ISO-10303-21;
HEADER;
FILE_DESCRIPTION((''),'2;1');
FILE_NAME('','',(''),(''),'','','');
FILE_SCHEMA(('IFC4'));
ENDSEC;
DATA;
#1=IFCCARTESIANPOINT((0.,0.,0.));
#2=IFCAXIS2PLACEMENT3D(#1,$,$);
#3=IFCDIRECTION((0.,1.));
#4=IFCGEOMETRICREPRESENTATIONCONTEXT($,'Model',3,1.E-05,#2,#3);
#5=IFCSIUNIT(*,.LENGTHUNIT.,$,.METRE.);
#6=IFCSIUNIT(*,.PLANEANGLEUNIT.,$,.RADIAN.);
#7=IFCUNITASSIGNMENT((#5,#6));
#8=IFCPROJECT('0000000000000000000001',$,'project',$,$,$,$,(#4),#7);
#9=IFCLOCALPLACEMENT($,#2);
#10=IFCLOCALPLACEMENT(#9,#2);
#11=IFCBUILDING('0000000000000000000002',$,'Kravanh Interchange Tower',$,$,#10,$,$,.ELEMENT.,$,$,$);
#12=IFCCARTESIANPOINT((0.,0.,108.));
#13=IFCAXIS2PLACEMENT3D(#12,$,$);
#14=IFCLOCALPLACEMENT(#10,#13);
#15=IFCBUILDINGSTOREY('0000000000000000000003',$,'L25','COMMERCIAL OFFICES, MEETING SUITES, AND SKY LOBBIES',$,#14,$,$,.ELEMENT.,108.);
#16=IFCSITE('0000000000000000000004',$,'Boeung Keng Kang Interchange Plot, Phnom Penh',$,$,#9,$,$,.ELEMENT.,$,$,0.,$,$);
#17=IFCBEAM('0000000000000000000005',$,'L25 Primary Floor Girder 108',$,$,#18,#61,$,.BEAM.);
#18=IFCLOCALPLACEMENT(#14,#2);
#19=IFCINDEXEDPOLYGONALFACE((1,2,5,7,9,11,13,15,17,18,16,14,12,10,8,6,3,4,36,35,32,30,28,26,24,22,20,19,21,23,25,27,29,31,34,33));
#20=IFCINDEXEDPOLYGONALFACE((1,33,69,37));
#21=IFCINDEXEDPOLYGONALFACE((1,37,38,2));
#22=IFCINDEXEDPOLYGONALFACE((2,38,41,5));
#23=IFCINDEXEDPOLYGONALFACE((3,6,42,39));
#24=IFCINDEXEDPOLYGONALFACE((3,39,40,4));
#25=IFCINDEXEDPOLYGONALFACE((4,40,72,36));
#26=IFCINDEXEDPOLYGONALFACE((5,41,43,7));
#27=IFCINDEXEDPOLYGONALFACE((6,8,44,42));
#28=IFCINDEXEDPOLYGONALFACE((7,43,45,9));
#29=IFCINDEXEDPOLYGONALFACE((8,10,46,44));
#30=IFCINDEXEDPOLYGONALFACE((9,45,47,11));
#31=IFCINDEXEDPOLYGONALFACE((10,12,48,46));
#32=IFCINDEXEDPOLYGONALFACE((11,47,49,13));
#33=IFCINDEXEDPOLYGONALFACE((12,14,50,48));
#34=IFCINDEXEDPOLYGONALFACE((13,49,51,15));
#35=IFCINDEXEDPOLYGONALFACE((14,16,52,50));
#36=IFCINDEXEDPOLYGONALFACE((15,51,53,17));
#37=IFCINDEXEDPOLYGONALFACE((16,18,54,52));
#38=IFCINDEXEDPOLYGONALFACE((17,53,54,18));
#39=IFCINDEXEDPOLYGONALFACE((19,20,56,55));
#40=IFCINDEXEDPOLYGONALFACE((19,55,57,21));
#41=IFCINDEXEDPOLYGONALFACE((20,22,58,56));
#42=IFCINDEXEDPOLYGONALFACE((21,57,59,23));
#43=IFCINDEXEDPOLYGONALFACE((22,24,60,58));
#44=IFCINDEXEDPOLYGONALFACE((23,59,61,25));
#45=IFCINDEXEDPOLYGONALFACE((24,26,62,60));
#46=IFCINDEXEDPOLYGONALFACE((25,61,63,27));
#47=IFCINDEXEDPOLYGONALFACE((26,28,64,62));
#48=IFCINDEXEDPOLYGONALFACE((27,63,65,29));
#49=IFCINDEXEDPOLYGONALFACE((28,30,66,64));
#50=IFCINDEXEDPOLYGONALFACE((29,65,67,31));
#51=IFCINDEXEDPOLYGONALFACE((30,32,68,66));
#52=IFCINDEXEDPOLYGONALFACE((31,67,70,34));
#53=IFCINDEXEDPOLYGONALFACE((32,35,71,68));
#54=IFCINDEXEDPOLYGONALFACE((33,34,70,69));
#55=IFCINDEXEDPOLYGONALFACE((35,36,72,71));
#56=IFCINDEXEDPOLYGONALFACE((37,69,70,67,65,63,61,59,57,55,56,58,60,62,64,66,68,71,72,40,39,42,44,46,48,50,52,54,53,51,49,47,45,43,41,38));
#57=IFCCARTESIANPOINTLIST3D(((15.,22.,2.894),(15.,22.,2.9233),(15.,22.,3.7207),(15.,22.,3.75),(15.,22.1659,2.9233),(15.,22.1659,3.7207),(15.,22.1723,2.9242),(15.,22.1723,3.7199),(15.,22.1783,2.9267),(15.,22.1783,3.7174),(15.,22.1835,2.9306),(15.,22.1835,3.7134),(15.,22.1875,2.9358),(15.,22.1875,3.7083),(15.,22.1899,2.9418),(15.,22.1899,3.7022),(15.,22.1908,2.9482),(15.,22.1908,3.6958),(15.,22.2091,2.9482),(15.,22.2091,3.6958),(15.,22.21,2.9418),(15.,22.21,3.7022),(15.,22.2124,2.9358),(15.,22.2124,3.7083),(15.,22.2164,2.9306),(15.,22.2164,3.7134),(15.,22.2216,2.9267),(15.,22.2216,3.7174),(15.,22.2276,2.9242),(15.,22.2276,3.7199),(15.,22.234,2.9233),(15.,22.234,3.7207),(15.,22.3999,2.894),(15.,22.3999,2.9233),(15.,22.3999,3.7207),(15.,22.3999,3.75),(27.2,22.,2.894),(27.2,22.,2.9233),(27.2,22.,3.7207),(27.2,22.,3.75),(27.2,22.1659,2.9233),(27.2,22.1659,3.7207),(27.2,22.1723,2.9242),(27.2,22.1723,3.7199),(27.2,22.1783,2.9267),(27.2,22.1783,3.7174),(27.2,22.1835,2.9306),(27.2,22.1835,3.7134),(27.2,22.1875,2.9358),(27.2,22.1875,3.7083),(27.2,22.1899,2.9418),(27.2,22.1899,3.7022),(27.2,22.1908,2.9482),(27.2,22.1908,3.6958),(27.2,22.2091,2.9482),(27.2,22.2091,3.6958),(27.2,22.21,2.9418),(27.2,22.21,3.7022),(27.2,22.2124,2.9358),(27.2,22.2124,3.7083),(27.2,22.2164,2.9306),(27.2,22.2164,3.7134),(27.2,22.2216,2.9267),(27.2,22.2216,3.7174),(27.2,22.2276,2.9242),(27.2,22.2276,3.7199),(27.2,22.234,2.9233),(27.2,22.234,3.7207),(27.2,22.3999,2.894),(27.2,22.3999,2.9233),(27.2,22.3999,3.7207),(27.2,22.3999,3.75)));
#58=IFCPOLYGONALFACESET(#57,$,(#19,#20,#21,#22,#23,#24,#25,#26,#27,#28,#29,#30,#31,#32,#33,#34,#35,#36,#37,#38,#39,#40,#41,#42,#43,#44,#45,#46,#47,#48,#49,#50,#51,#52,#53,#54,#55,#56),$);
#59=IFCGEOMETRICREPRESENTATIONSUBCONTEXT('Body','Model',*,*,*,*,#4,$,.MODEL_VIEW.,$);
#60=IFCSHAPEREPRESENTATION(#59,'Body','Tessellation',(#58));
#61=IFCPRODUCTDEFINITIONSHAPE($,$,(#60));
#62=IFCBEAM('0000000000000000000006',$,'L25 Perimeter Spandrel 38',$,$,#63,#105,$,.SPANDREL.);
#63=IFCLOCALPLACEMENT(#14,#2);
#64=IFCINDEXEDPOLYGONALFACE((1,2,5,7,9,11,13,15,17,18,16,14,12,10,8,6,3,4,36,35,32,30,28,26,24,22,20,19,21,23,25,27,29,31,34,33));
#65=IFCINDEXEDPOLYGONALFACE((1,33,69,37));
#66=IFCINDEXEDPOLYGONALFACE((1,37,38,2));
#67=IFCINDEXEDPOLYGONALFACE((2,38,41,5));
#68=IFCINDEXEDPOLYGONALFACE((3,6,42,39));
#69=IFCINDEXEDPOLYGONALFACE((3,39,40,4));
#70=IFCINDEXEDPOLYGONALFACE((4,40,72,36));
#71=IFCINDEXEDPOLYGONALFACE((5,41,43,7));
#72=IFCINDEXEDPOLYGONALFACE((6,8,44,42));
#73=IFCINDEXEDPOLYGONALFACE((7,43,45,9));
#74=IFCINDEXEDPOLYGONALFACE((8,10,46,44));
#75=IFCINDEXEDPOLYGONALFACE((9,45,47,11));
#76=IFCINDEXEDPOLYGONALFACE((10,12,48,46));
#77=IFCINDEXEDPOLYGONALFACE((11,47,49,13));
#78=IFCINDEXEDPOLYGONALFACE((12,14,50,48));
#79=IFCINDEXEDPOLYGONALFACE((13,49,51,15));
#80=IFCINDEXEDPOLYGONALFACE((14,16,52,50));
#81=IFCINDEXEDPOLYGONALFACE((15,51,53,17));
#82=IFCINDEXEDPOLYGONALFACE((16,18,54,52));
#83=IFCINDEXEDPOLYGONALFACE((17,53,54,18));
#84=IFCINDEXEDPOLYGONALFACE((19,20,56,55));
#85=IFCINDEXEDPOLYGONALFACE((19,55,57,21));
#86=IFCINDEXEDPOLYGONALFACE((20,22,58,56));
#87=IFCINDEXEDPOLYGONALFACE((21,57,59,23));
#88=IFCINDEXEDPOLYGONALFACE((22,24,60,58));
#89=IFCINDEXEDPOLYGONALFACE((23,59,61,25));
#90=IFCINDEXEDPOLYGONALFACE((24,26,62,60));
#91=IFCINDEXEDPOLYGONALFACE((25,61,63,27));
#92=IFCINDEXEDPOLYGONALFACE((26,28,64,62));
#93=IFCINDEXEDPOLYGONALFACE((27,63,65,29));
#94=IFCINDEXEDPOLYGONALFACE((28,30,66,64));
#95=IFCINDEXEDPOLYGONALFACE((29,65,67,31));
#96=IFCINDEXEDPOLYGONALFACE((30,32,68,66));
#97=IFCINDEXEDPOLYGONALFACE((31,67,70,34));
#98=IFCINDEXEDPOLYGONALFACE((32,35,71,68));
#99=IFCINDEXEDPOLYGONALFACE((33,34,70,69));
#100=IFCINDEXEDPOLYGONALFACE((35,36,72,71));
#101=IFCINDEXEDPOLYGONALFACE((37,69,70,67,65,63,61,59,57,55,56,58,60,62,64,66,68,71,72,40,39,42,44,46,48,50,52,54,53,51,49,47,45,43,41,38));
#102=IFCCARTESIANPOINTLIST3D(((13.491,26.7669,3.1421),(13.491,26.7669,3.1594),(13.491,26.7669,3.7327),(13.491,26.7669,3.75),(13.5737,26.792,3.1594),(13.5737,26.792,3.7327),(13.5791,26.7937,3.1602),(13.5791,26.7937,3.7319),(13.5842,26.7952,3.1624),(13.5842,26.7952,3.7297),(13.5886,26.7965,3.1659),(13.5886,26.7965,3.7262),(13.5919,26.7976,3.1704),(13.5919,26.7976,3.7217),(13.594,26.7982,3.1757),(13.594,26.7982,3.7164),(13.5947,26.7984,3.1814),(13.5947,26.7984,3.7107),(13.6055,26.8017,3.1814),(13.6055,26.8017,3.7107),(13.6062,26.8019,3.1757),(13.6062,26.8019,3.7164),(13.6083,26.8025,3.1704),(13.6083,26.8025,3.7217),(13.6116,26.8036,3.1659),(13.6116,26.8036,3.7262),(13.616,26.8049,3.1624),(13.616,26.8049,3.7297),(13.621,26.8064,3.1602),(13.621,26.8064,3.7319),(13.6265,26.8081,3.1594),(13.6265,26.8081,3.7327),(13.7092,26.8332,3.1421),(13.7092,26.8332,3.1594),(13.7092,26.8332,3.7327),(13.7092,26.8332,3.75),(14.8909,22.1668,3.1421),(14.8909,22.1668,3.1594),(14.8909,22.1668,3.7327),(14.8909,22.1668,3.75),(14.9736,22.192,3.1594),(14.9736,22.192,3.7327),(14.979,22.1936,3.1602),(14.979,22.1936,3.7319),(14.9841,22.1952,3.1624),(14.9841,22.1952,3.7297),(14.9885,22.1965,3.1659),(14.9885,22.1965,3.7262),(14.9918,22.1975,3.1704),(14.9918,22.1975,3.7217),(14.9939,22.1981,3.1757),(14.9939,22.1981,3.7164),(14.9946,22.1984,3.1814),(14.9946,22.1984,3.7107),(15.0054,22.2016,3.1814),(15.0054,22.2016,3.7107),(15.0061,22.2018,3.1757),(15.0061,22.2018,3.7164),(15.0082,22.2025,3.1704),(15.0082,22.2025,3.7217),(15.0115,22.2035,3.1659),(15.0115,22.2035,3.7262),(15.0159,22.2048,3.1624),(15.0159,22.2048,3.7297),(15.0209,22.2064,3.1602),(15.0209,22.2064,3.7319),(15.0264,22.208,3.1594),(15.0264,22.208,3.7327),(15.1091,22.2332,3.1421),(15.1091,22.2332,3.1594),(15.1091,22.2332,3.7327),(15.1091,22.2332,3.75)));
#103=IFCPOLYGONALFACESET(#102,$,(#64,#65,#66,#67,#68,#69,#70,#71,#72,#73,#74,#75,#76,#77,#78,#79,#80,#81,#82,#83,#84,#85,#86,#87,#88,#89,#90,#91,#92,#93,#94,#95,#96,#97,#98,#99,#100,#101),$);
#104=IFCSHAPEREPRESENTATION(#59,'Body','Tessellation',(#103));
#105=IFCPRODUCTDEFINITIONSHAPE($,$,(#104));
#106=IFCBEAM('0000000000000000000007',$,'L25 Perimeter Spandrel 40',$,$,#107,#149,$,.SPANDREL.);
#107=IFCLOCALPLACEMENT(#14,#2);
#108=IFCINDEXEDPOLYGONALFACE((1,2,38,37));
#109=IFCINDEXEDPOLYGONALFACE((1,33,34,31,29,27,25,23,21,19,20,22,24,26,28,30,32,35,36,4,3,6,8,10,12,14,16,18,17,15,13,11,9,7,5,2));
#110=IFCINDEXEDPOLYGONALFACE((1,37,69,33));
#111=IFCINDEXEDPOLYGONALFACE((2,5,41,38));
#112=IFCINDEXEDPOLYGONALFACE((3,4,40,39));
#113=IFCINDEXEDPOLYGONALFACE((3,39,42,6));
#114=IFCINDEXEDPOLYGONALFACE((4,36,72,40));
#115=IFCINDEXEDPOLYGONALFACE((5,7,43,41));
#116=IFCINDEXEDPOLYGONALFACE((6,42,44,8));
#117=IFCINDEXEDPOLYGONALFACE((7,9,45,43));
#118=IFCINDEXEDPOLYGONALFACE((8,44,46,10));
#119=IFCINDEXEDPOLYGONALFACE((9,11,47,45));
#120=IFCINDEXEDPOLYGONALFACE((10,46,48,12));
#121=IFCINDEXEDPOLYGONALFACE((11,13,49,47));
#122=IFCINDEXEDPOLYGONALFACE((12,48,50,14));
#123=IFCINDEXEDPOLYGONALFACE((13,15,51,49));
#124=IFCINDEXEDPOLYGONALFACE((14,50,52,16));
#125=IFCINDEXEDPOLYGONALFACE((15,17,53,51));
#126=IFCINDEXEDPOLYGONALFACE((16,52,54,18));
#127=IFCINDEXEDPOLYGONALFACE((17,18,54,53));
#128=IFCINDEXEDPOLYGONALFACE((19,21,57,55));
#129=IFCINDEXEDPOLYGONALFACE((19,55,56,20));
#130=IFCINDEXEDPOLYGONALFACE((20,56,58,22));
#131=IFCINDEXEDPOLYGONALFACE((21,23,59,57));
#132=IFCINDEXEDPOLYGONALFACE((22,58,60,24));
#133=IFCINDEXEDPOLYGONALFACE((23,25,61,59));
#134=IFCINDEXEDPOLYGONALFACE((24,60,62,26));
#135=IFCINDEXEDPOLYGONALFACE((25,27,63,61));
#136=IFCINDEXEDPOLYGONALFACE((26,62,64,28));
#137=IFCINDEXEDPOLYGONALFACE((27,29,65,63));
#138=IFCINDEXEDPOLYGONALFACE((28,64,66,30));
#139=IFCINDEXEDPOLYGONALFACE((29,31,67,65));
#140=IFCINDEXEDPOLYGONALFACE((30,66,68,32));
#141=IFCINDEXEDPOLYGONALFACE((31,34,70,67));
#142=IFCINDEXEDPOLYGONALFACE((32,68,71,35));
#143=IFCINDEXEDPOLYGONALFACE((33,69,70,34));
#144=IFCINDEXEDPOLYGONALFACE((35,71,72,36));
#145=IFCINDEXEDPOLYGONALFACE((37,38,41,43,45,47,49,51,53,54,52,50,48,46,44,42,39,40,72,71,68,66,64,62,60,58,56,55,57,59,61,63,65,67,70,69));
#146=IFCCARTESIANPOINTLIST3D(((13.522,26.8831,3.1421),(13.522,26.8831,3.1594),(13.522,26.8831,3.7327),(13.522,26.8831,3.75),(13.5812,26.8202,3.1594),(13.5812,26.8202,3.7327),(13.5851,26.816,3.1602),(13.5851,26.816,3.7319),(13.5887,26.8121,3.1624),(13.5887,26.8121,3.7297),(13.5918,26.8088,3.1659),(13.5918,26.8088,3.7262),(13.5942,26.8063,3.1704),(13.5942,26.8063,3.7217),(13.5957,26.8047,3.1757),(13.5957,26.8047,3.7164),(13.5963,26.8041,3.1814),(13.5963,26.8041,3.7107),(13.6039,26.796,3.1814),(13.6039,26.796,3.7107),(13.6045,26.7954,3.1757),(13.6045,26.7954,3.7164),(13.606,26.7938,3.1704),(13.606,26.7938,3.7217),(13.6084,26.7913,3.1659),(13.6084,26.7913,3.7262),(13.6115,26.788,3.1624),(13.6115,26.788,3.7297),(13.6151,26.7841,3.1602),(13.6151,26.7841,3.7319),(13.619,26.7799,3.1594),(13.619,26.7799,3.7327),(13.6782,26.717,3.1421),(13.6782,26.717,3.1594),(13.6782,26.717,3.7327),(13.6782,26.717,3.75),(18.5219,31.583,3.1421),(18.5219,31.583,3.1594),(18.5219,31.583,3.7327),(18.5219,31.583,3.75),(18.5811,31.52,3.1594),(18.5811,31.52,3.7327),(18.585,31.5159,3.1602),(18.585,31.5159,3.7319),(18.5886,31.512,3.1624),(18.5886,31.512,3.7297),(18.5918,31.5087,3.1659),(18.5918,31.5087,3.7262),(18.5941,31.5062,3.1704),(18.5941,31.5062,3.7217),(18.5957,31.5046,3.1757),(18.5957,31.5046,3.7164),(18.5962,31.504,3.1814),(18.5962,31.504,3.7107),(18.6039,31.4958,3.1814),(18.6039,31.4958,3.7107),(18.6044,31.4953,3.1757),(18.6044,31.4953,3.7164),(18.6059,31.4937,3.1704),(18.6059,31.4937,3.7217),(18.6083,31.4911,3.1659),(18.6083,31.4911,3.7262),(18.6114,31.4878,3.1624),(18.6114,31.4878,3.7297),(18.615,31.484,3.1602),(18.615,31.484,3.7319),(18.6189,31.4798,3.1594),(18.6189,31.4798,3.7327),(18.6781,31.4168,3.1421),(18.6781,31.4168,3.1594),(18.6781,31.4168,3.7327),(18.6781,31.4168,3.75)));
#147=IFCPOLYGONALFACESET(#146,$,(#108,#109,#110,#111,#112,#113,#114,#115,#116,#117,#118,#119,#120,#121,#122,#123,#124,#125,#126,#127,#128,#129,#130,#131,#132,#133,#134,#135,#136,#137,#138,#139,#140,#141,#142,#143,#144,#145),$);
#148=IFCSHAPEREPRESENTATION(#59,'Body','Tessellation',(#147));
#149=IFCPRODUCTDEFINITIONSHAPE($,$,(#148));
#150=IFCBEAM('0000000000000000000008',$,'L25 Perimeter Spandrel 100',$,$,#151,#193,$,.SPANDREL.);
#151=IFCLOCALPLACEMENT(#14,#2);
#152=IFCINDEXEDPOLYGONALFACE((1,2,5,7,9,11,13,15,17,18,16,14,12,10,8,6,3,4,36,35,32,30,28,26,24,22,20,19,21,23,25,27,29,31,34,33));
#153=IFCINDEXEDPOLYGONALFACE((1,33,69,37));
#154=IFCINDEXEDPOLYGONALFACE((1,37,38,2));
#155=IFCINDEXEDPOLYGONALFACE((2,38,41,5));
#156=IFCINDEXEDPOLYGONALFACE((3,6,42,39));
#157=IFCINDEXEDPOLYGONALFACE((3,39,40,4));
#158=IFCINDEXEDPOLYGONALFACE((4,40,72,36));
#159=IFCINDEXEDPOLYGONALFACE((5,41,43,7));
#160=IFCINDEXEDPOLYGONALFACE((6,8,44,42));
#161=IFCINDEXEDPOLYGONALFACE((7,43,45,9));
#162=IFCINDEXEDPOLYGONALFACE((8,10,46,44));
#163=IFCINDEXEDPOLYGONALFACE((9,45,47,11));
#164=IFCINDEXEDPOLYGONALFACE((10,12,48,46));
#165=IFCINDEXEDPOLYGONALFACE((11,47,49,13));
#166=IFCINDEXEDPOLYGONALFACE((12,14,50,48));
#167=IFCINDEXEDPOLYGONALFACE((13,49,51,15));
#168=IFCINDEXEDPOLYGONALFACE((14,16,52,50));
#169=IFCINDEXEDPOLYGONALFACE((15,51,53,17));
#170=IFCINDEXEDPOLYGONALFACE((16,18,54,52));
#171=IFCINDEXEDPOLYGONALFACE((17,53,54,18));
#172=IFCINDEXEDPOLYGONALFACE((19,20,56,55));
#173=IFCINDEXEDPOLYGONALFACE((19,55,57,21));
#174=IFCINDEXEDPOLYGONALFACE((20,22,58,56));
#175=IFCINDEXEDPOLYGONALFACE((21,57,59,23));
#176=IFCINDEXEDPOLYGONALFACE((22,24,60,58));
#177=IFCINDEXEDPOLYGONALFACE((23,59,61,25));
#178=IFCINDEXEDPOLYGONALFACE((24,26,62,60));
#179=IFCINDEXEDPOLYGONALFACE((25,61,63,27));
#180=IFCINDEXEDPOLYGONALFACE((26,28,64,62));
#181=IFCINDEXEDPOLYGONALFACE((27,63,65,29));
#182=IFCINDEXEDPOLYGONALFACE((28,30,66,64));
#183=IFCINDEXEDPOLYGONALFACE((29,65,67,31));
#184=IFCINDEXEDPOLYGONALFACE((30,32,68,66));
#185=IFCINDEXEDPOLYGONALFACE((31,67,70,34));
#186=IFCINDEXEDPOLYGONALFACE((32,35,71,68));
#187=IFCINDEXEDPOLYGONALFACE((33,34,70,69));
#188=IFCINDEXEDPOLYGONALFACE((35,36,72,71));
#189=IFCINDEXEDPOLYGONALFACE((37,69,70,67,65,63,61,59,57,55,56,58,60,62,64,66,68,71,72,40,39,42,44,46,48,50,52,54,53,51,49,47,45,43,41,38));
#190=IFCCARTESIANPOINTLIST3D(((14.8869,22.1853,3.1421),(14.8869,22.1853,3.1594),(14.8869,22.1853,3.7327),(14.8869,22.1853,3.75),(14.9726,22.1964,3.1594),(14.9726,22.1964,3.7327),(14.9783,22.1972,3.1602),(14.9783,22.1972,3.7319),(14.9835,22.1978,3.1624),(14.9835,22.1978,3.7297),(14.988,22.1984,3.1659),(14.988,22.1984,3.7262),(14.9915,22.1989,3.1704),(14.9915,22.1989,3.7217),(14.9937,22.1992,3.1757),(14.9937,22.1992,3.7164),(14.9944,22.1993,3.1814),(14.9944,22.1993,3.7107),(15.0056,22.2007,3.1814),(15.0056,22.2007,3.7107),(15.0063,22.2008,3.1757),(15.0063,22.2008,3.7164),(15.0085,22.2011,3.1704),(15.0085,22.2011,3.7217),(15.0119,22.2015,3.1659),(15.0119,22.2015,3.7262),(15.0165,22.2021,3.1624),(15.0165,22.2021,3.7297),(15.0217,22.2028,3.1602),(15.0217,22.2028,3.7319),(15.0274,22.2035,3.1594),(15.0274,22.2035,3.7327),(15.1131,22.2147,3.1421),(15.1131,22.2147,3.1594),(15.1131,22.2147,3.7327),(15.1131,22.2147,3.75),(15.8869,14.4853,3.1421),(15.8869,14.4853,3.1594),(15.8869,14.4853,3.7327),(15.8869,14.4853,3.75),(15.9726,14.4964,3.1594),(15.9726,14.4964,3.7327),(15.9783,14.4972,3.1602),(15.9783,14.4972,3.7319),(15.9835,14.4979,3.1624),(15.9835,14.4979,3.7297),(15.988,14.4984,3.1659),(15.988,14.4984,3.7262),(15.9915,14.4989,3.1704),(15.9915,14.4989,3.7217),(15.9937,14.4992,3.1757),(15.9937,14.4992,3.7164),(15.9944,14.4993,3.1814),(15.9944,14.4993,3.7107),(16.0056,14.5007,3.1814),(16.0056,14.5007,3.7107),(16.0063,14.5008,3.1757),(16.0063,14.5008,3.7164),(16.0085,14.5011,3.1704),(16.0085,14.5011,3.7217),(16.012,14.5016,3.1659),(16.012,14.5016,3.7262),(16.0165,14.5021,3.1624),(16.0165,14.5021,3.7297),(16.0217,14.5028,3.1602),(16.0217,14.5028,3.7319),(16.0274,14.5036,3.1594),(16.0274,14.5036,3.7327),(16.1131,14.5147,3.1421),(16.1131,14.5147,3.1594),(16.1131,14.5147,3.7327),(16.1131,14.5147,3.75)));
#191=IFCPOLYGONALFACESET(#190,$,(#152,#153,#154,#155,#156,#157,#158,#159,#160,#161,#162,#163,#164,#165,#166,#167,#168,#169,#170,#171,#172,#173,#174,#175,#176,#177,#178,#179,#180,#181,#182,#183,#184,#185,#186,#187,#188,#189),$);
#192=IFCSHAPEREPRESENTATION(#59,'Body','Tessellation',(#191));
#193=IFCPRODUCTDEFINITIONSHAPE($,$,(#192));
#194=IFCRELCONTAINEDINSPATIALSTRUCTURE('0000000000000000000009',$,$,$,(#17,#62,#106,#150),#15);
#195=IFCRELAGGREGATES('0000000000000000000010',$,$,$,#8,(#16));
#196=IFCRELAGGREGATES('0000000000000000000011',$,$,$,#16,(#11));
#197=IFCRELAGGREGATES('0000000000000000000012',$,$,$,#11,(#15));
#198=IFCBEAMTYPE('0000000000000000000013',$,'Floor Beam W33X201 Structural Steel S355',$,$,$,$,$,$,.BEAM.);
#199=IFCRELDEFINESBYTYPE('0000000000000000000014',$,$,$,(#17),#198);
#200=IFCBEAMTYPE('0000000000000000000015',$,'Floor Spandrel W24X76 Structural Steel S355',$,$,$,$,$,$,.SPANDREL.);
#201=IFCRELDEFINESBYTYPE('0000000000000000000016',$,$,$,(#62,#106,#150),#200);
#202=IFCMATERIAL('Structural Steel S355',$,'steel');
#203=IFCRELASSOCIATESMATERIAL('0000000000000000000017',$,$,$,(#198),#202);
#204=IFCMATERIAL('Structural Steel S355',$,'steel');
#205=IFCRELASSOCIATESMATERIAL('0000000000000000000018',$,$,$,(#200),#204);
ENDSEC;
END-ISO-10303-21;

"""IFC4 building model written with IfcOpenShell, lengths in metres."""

from ifc_helpers import new_model, si_unit, direction, frame, origin, origin_2d, place, context, subcontext, project, spatial, i_section, extrude, material, material_profile, profile_set, type_object, element, save


model = new_model("IFC4")

# Units and contexts
model_context = context("Model", 3, precision=1e-05, world=origin(), true_north=direction((0.0, 1.0)))
body_context = subcontext(model_context, "Body", "Model", "MODEL_VIEW")
ifc_project = project(units=[si_unit("LENGTHUNIT", "METRE"), si_unit("PLANEANGLEUNIT", "RADIAN")], contexts=[model_context])

# Site, building, storey
site_placement = place(None, origin())
site = spatial("IfcSite", under=ifc_project, at=site_placement, Name="Boeung Keng Kang Interchange Plot, Phnom Penh", CompositionType="ELEMENT", RefElevation=0.0)
building_placement = place(site_placement, origin())
building = spatial("IfcBuilding", under=site, at=building_placement, Name="Kravanh Interchange Tower", CompositionType="ELEMENT")
storey_placement = place(building_placement, frame((0.0, 0.0, 108.0)))
storey = spatial("IfcBuildingStorey", under=building, at=storey_placement, Name="L25", Description="COMMERCIAL OFFICES, MEETING SUITES, AND SKY LOBBIES", CompositionType="ELEMENT", Elevation=108.0)

# Beams
ifc_material_1 = material(Name="Structural Steel S355", Category="steel")
ifc_material_profile_1 = material_profile(ifc_material_1, i_section(OverallWidth=0.3999, OverallDepth=0.856, WebThickness=0.0183, FlangeThickness=0.0293, FilletRadius=0.0249, at=origin_2d()), Name="W33X201")
ifc_profile_set_1 = profile_set([ifc_material_profile_1], Name="Structural Steel S355")
beam_type_1 = type_object("IfcBeamType", Name="Floor Beam W33X201 Structural Steel S355", PredefinedType="BEAM", material=ifc_profile_set_1)
beam_1_placement = place(storey_placement, frame((15.0, 22.2, 3.322), z_axis=(1.0, 0.0, 0.0), x_axis=(0.0, 1.0, 0.0)))
element("IfcBeam", 1, at=beam_1_placement, inside=storey, type_object=beam_type_1, Name="L25 Primary Floor Girder 108", PredefinedType="BEAM", context=body_context, shape_type="SweptSolid", body=[
    extrude(i_section(OverallWidth=0.3999, OverallDepth=0.856, WebThickness=0.0183, FlangeThickness=0.0293, FilletRadius=0.0249, at=origin_2d()), origin(), (0.0, 0.0, 1.0), 12.2),
])
ifc_material_2 = material(Name="Structural Steel S355", Category="steel")
ifc_material_profile_2 = material_profile(ifc_material_2, i_section(OverallWidth=0.228, OverallDepth=0.6079, WebThickness=0.0112, FlangeThickness=0.0173, FilletRadius=0.022, at=origin_2d()), Name="W24X76")
ifc_profile_set_2 = profile_set([ifc_material_profile_2], Name="Structural Steel S355")
beam_type_2 = type_object("IfcBeamType", Name="Floor Spandrel W24X76 Structural Steel S355", PredefinedType="SPANDREL", material=ifc_profile_set_2)
beam_2_placement = place(storey_placement, frame((13.6001, 26.8, 3.446), z_axis=(0.291137, -0.956681, 0.0), x_axis=(0.956681, 0.291137, 0.0)))
element("IfcBeam", 2, at=beam_2_placement, inside=storey, type_object=beam_type_2, Name="L25 Perimeter Spandrel 38", PredefinedType="SPANDREL", context=body_context, shape_type="SweptSolid", body=[
    extrude(i_section(OverallWidth=0.228, OverallDepth=0.6079, WebThickness=0.0112, FlangeThickness=0.0173, FilletRadius=0.022, at=origin_2d()), origin(), (0.0, 0.0, 1.0), 4.8083),
])
beam_3_placement = place(storey_placement, frame((13.6001, 26.8, 3.446), z_axis=(0.728631, 0.684906, 0.0), x_axis=(-0.684906, 0.728631, 0.0)))
element("IfcBeam", 3, at=beam_3_placement, inside=storey, type_object=beam_type_2, Name="L25 Perimeter Spandrel 40", PredefinedType="SPANDREL", context=body_context, shape_type="SweptSolid", body=[
    extrude(i_section(OverallWidth=0.228, OverallDepth=0.6079, WebThickness=0.0112, FlangeThickness=0.0173, FilletRadius=0.022, at=origin_2d()), origin(), (0.0, 0.0, 1.0), 6.8621),
])
beam_4_placement = place(storey_placement, frame((16.0, 14.5, 3.446), z_axis=(-0.128789, 0.991672, 0.0), x_axis=(-0.991672, -0.128789, 0.0)))
element("IfcBeam", 4, at=beam_4_placement, inside=storey, type_object=beam_type_2, Name="L25 Perimeter Spandrel 100", PredefinedType="SPANDREL", context=body_context, shape_type="SweptSolid", body=[
    extrude(i_section(OverallWidth=0.228, OverallDepth=0.6079, WebThickness=0.0112, FlangeThickness=0.0173, FilletRadius=0.022, at=origin_2d()), origin(), (0.0, 0.0, 1.0), 7.7646),
])

save(model, "model.ifc")
